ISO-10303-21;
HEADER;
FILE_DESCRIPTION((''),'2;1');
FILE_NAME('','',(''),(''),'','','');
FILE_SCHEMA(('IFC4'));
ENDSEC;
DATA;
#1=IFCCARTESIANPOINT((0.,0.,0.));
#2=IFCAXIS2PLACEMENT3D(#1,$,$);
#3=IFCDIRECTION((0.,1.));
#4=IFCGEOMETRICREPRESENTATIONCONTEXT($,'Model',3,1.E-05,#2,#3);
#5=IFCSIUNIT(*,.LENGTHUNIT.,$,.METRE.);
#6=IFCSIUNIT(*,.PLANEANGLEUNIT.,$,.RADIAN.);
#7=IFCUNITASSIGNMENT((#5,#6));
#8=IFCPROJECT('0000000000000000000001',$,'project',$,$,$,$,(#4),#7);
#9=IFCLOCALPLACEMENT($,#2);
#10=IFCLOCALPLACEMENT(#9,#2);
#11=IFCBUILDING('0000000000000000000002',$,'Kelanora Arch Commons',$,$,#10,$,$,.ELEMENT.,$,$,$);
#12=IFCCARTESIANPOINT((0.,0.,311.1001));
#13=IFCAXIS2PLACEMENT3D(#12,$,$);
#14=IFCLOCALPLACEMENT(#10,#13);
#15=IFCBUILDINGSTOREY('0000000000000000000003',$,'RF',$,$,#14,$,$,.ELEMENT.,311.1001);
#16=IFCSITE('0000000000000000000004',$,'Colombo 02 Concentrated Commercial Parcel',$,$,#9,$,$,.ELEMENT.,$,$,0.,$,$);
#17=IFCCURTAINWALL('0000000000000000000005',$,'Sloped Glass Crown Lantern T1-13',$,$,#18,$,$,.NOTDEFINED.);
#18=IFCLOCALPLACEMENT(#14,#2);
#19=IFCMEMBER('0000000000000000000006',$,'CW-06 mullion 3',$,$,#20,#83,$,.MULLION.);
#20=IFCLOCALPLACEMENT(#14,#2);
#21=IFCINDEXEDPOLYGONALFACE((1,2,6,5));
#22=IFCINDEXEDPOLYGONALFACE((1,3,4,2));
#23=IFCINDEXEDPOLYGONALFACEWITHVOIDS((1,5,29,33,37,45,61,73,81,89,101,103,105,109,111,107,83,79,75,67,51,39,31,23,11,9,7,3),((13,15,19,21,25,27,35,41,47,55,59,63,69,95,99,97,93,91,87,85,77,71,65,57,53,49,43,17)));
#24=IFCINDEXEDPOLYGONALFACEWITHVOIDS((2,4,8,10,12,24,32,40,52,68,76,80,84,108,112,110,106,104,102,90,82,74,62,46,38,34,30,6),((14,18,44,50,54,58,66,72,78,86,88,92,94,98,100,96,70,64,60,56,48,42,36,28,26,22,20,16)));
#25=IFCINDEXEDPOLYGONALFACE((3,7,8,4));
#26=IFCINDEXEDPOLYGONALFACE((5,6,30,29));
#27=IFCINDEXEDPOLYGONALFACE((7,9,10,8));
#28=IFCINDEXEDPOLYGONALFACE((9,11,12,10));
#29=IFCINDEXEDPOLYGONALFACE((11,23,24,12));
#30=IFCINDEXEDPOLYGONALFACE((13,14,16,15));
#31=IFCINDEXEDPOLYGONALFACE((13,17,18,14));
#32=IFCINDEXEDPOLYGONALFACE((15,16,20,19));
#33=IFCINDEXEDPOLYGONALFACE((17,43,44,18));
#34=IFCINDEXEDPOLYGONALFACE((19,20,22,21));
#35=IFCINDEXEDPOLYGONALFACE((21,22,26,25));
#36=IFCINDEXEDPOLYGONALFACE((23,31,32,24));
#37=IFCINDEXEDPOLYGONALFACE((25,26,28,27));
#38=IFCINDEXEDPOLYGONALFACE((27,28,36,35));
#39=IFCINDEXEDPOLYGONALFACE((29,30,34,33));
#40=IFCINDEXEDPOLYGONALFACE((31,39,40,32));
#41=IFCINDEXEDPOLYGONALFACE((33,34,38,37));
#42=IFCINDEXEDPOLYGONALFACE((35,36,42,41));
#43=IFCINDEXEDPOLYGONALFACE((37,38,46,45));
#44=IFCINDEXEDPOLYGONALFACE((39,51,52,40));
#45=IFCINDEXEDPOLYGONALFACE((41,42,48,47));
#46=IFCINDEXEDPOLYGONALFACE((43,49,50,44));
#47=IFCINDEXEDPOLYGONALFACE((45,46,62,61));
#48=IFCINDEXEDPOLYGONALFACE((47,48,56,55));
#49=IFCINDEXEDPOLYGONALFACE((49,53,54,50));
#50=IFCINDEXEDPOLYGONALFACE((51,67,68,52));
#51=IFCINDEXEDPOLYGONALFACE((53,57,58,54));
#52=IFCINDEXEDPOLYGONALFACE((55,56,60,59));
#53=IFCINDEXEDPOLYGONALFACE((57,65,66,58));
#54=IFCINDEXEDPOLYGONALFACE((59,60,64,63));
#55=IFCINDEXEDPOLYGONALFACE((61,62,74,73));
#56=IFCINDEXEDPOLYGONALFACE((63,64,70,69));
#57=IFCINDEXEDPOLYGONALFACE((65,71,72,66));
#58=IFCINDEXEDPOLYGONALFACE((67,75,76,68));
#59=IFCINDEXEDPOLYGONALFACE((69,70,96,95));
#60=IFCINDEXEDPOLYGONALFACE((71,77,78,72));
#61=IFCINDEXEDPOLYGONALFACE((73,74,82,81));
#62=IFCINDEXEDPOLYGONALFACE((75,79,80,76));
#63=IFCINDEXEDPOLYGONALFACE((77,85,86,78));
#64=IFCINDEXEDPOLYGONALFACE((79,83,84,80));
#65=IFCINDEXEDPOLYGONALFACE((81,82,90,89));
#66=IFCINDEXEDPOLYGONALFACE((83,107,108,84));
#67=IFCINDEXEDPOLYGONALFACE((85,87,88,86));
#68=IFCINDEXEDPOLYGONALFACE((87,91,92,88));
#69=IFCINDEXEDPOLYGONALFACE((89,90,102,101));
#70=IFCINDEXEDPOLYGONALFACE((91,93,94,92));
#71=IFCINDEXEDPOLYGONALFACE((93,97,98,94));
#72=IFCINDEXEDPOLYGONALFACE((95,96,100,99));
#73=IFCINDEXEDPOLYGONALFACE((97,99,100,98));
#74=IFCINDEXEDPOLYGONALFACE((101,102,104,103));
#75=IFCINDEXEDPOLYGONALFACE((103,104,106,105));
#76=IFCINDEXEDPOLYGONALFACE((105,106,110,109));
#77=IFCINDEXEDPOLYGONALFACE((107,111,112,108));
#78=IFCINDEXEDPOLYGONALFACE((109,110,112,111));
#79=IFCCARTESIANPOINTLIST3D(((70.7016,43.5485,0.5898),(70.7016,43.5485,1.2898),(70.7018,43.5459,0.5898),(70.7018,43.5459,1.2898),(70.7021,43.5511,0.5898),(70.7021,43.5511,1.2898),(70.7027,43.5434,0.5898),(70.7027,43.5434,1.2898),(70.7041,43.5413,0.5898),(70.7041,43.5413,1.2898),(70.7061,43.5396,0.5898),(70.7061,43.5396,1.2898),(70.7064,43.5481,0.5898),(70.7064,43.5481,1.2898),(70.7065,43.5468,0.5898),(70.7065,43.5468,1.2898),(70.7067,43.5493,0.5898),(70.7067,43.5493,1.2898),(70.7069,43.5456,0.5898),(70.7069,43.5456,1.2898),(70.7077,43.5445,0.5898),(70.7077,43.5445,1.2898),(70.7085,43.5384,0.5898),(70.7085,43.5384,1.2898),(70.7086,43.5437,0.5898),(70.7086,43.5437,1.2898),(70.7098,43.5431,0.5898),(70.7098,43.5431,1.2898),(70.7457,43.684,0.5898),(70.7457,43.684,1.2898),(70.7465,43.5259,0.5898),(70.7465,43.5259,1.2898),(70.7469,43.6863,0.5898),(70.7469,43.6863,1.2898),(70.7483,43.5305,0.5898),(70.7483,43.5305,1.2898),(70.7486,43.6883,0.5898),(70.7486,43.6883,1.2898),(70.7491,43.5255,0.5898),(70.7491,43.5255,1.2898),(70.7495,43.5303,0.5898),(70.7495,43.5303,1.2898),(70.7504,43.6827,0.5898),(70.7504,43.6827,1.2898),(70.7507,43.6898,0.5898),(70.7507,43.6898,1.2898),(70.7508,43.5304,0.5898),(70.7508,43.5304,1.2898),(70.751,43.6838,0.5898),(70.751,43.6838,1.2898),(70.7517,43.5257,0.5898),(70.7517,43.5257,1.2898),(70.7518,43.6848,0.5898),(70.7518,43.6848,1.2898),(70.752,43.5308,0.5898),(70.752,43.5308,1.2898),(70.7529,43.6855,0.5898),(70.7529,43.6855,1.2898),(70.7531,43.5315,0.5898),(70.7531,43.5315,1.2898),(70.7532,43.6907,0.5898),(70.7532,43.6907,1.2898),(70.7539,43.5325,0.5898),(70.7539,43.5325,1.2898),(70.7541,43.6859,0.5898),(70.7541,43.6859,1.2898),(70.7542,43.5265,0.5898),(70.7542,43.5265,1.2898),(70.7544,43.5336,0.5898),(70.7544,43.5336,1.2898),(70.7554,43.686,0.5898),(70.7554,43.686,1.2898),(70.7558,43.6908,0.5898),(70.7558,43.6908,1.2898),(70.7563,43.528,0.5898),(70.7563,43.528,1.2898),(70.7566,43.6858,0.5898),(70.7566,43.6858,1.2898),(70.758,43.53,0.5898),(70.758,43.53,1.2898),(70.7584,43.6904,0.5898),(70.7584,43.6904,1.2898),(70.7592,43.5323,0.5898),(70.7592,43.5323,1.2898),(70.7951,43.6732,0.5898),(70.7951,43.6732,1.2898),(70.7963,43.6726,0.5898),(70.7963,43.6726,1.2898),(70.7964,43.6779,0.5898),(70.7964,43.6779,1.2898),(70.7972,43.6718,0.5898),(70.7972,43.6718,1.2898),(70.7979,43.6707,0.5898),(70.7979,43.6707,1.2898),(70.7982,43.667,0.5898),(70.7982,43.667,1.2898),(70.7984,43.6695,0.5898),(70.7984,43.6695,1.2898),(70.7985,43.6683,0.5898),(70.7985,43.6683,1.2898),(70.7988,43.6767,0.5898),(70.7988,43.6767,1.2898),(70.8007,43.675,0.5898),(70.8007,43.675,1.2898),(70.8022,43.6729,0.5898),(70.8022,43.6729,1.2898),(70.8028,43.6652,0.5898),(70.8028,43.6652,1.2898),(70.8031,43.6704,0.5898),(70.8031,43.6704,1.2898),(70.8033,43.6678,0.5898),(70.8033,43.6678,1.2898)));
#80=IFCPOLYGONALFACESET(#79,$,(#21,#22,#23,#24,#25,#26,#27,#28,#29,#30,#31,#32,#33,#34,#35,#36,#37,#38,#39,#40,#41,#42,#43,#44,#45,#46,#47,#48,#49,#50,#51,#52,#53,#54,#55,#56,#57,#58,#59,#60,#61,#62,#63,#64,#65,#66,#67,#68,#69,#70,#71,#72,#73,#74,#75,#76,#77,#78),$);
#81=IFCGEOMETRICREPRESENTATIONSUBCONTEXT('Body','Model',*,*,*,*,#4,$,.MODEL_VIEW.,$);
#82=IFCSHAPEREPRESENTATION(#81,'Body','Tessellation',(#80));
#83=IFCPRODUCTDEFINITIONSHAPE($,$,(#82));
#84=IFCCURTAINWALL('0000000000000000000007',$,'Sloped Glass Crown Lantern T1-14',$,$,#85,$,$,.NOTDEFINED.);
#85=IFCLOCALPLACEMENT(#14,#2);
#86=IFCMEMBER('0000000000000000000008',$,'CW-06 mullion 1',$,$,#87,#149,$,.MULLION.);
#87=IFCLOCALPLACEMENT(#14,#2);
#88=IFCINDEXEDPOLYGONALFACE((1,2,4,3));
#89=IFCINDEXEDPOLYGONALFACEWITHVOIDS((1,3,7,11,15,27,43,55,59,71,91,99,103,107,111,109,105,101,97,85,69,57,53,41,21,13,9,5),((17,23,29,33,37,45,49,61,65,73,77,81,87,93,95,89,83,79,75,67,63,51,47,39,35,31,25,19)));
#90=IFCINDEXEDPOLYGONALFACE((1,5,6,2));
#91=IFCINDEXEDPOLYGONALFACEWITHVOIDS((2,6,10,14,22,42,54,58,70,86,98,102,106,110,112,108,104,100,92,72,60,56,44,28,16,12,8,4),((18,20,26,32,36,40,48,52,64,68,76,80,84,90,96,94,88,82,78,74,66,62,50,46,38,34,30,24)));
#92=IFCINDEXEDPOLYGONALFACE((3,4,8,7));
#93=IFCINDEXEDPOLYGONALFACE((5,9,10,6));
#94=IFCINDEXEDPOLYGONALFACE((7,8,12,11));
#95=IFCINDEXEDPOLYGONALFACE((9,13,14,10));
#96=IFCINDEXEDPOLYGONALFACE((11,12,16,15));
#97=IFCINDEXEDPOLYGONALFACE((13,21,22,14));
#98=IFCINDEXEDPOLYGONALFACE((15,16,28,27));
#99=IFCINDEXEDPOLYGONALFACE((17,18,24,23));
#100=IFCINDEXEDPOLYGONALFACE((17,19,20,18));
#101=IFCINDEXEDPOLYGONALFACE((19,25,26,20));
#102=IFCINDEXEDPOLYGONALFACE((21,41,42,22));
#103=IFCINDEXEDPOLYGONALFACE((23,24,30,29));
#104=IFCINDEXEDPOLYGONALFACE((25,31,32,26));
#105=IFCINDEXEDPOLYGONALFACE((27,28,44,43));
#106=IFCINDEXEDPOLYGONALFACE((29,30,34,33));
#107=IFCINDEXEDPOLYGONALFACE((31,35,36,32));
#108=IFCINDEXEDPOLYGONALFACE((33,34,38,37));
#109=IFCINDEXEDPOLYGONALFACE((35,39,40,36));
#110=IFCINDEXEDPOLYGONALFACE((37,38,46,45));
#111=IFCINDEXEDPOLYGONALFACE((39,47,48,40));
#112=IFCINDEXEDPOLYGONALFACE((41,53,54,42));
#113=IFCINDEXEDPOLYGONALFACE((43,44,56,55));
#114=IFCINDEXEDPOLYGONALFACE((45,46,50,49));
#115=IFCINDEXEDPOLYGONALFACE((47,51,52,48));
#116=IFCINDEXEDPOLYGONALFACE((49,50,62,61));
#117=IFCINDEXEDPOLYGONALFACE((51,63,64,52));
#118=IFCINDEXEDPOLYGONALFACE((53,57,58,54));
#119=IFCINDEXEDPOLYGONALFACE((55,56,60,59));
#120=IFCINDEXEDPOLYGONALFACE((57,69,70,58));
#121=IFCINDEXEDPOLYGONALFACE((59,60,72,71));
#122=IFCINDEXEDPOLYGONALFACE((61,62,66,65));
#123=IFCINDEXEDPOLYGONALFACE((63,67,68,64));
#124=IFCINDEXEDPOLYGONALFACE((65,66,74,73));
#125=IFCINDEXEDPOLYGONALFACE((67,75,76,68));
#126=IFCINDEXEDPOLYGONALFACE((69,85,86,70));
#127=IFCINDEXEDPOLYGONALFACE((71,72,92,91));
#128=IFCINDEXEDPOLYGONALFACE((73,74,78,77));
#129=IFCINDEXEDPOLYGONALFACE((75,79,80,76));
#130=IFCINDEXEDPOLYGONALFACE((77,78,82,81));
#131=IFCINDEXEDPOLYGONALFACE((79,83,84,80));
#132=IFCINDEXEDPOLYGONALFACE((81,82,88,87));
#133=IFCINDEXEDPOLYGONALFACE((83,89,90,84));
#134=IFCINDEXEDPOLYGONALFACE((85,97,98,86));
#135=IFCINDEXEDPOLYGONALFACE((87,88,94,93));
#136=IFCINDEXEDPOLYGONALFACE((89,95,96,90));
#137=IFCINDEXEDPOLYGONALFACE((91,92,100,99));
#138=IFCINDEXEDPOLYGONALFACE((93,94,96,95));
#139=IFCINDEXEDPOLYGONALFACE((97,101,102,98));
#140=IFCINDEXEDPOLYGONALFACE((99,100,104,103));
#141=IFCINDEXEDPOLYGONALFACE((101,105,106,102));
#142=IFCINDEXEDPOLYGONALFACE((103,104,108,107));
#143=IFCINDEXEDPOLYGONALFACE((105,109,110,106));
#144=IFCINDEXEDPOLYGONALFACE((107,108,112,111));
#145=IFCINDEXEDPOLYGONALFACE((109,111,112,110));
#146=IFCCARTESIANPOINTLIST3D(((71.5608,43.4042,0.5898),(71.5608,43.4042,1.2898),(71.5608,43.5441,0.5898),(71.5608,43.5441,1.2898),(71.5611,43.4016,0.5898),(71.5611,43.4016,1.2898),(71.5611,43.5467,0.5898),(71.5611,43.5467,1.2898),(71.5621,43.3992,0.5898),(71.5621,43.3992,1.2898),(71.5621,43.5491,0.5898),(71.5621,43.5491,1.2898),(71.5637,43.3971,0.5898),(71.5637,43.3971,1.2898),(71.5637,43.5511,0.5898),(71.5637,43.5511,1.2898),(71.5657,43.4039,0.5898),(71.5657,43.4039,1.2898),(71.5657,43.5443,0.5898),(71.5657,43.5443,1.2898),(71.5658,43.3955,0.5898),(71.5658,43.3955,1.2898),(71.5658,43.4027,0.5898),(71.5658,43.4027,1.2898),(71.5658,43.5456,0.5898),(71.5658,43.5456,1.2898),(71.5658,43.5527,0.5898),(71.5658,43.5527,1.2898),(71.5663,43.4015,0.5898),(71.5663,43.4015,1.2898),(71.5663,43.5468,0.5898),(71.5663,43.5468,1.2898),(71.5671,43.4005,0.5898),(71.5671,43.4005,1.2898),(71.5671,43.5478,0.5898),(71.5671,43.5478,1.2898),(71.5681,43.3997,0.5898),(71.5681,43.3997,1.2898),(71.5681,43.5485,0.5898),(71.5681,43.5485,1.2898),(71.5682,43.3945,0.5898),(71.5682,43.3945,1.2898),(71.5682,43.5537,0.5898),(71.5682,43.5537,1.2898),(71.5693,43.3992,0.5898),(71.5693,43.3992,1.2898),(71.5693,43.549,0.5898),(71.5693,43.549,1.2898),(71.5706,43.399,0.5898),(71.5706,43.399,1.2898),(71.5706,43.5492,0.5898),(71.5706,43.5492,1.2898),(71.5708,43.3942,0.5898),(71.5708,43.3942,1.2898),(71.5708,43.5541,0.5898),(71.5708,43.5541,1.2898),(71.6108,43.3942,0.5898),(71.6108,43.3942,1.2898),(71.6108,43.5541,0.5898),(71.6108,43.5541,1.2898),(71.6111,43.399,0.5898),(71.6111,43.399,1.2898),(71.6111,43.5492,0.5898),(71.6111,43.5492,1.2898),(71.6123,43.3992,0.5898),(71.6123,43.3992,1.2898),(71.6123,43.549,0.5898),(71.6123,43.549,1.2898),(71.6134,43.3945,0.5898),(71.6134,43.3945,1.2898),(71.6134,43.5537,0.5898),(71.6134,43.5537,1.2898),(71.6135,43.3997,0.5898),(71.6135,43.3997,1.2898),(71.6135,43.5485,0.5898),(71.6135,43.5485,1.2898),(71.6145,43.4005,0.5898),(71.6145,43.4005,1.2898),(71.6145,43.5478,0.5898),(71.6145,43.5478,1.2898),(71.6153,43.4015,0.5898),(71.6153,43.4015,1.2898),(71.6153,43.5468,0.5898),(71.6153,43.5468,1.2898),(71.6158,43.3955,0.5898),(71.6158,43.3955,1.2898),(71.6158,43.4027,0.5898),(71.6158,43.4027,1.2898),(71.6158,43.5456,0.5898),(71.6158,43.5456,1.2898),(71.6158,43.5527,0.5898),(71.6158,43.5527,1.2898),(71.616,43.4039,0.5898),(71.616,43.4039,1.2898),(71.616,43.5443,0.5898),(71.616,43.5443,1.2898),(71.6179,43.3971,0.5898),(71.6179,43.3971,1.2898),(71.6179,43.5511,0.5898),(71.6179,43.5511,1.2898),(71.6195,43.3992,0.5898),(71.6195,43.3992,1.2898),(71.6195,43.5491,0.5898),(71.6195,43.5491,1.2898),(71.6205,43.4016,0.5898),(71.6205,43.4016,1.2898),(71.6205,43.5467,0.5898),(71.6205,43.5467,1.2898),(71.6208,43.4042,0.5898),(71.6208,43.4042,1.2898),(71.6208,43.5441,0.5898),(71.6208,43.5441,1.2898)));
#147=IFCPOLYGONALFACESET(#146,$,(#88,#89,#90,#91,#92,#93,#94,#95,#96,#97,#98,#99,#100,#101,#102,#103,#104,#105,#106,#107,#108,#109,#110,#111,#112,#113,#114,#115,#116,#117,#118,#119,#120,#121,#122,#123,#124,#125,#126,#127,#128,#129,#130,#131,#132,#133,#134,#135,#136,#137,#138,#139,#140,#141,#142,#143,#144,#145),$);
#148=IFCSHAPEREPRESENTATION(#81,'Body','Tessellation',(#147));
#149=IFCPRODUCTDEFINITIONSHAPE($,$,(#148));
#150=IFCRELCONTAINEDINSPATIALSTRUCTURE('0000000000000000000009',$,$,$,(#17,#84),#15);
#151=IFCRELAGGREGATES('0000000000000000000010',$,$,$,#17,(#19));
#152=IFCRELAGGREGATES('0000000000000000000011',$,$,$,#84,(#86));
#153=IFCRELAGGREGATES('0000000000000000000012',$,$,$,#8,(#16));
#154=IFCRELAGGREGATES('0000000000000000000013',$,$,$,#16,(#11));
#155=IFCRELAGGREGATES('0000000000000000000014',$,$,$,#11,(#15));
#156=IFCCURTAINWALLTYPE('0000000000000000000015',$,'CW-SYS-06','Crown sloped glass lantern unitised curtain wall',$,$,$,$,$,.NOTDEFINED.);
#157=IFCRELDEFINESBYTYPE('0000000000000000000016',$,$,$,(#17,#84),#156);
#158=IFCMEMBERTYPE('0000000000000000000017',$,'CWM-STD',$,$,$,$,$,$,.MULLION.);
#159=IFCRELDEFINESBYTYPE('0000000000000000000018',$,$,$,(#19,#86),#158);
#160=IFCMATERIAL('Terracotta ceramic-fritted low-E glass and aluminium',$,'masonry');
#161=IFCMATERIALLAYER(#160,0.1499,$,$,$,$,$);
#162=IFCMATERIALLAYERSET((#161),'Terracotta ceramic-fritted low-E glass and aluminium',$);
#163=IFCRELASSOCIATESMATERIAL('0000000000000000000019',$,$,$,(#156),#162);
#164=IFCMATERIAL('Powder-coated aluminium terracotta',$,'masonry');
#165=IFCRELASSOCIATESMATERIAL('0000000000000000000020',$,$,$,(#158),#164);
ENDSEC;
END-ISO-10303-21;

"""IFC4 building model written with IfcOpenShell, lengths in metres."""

from ifc_helpers import new_model, si_unit, direction, frame, origin, origin_2d, place, context, subcontext, project, spatial, hollow_rectangle, extrude, material, layer, layer_set, material_profile, profile_set, type_object, element, aggregate, save


model = new_model("IFC4")

# Units and contexts
model_context = context("Model", 3, precision=1e-05, world=origin(), true_north=direction((0.0, 1.0)))
body_context = subcontext(model_context, "Body", "Model", "MODEL_VIEW")
ifc_project = project(units=[si_unit("LENGTHUNIT", "METRE"), si_unit("PLANEANGLEUNIT", "RADIAN")], contexts=[model_context])

# Site, building, storey
site_placement = place(None, origin())
site = spatial("IfcSite", under=ifc_project, at=site_placement, Name="Colombo 02 Concentrated Commercial Parcel", CompositionType="ELEMENT", RefElevation=0.0)
building_placement = place(site_placement, origin())
building = spatial("IfcBuilding", under=site, at=building_placement, Name="Kelanora Arch Commons", CompositionType="ELEMENT")
storey_placement = place(building_placement, frame((0.0, 0.0, 311.1001)))
storey = spatial("IfcBuildingStorey", under=building, at=storey_placement, Name="RF", CompositionType="ELEMENT", Elevation=311.1001)

# Curtain wall, member
ifc_material_1 = material(Name="Terracotta ceramic-fritted low-E glass and aluminium", Category="masonry")
ifc_layer_1 = layer(ifc_material_1, 0.1499)
ifc_layer_set_1 = layer_set([ifc_layer_1], Name="Terracotta ceramic-fritted low-E glass and aluminium")
curtain_wall_type = type_object("IfcCurtainWallType", Name="CW-SYS-06", Description="Crown sloped glass lantern unitised curtain wall", PredefinedType="NOTDEFINED", material=ifc_layer_set_1)
curtain_wall_1_placement = place(storey_placement, origin())
curtain_wall_1 = element("IfcCurtainWall", 1, at=curtain_wall_1_placement, inside=storey, type_object=curtain_wall_type, Name="Sloped Glass Crown Lantern T1-13", PredefinedType="NOTDEFINED")
ifc_material_2 = material(Name="Powder-coated aluminium terracotta", Category="masonry")
ifc_material_profile_1 = material_profile(ifc_material_2, hollow_rectangle(XDim=0.1599, YDim=0.0601, WallThickness=0.0049, InnerFilletRadius=0.0049, OuterFilletRadius=0.01, at=origin_2d()), Name="CWM160x60")
ifc_profile_set_1 = profile_set([ifc_material_profile_1], Name="Powder-coated aluminium terracotta")
member_type_1 = type_object("IfcMemberType", Name="CWM-STD", PredefinedType="MULLION", material=ifc_profile_set_1)
member_1_placement = place(storey_placement, frame((70.7524, 43.6082, 0.5898), z_axis=(0.0, 0.0, 1.0), x_axis=(0.311945, 0.9501, 0.0)))
member_1 = element("IfcMember", 2, at=member_1_placement, type_object=member_type_1, Name="CW-06 mullion 3", PredefinedType="MULLION", context=body_context, shape_type="SweptSolid", body=[
    extrude(hollow_rectangle(XDim=0.1599, YDim=0.0601, WallThickness=0.0049, InnerFilletRadius=0.0049, OuterFilletRadius=0.01, at=origin_2d()), origin(), (0.0, 0.0, 1.0), 0.7),
])

# Curtain wall, member
curtain_wall_2_placement = place(storey_placement, origin())
curtain_wall_2 = element("IfcCurtainWall", 3, at=curtain_wall_2_placement, inside=storey, type_object=curtain_wall_type, Name="Sloped Glass Crown Lantern T1-14", PredefinedType="NOTDEFINED")
member_2_placement = place(storey_placement, frame((71.5908, 43.4741, 0.5898), z_axis=(0.0, 0.0, 1.0), x_axis=(0.0, 1.0, 0.0)))
member_2 = element("IfcMember", 4, at=member_2_placement, type_object=member_type_1, Name="CW-06 mullion 1", PredefinedType="MULLION", context=body_context, shape_type="SweptSolid", body=[
    extrude(hollow_rectangle(XDim=0.1599, YDim=0.0601, WallThickness=0.0049, InnerFilletRadius=0.0049, OuterFilletRadius=0.01, at=origin_2d()), origin(), (0.0, 0.0, 1.0), 0.7),
])

aggregate(curtain_wall_1, [member_1])
aggregate(curtain_wall_2, [member_2])

save(model, "model.ifc")
